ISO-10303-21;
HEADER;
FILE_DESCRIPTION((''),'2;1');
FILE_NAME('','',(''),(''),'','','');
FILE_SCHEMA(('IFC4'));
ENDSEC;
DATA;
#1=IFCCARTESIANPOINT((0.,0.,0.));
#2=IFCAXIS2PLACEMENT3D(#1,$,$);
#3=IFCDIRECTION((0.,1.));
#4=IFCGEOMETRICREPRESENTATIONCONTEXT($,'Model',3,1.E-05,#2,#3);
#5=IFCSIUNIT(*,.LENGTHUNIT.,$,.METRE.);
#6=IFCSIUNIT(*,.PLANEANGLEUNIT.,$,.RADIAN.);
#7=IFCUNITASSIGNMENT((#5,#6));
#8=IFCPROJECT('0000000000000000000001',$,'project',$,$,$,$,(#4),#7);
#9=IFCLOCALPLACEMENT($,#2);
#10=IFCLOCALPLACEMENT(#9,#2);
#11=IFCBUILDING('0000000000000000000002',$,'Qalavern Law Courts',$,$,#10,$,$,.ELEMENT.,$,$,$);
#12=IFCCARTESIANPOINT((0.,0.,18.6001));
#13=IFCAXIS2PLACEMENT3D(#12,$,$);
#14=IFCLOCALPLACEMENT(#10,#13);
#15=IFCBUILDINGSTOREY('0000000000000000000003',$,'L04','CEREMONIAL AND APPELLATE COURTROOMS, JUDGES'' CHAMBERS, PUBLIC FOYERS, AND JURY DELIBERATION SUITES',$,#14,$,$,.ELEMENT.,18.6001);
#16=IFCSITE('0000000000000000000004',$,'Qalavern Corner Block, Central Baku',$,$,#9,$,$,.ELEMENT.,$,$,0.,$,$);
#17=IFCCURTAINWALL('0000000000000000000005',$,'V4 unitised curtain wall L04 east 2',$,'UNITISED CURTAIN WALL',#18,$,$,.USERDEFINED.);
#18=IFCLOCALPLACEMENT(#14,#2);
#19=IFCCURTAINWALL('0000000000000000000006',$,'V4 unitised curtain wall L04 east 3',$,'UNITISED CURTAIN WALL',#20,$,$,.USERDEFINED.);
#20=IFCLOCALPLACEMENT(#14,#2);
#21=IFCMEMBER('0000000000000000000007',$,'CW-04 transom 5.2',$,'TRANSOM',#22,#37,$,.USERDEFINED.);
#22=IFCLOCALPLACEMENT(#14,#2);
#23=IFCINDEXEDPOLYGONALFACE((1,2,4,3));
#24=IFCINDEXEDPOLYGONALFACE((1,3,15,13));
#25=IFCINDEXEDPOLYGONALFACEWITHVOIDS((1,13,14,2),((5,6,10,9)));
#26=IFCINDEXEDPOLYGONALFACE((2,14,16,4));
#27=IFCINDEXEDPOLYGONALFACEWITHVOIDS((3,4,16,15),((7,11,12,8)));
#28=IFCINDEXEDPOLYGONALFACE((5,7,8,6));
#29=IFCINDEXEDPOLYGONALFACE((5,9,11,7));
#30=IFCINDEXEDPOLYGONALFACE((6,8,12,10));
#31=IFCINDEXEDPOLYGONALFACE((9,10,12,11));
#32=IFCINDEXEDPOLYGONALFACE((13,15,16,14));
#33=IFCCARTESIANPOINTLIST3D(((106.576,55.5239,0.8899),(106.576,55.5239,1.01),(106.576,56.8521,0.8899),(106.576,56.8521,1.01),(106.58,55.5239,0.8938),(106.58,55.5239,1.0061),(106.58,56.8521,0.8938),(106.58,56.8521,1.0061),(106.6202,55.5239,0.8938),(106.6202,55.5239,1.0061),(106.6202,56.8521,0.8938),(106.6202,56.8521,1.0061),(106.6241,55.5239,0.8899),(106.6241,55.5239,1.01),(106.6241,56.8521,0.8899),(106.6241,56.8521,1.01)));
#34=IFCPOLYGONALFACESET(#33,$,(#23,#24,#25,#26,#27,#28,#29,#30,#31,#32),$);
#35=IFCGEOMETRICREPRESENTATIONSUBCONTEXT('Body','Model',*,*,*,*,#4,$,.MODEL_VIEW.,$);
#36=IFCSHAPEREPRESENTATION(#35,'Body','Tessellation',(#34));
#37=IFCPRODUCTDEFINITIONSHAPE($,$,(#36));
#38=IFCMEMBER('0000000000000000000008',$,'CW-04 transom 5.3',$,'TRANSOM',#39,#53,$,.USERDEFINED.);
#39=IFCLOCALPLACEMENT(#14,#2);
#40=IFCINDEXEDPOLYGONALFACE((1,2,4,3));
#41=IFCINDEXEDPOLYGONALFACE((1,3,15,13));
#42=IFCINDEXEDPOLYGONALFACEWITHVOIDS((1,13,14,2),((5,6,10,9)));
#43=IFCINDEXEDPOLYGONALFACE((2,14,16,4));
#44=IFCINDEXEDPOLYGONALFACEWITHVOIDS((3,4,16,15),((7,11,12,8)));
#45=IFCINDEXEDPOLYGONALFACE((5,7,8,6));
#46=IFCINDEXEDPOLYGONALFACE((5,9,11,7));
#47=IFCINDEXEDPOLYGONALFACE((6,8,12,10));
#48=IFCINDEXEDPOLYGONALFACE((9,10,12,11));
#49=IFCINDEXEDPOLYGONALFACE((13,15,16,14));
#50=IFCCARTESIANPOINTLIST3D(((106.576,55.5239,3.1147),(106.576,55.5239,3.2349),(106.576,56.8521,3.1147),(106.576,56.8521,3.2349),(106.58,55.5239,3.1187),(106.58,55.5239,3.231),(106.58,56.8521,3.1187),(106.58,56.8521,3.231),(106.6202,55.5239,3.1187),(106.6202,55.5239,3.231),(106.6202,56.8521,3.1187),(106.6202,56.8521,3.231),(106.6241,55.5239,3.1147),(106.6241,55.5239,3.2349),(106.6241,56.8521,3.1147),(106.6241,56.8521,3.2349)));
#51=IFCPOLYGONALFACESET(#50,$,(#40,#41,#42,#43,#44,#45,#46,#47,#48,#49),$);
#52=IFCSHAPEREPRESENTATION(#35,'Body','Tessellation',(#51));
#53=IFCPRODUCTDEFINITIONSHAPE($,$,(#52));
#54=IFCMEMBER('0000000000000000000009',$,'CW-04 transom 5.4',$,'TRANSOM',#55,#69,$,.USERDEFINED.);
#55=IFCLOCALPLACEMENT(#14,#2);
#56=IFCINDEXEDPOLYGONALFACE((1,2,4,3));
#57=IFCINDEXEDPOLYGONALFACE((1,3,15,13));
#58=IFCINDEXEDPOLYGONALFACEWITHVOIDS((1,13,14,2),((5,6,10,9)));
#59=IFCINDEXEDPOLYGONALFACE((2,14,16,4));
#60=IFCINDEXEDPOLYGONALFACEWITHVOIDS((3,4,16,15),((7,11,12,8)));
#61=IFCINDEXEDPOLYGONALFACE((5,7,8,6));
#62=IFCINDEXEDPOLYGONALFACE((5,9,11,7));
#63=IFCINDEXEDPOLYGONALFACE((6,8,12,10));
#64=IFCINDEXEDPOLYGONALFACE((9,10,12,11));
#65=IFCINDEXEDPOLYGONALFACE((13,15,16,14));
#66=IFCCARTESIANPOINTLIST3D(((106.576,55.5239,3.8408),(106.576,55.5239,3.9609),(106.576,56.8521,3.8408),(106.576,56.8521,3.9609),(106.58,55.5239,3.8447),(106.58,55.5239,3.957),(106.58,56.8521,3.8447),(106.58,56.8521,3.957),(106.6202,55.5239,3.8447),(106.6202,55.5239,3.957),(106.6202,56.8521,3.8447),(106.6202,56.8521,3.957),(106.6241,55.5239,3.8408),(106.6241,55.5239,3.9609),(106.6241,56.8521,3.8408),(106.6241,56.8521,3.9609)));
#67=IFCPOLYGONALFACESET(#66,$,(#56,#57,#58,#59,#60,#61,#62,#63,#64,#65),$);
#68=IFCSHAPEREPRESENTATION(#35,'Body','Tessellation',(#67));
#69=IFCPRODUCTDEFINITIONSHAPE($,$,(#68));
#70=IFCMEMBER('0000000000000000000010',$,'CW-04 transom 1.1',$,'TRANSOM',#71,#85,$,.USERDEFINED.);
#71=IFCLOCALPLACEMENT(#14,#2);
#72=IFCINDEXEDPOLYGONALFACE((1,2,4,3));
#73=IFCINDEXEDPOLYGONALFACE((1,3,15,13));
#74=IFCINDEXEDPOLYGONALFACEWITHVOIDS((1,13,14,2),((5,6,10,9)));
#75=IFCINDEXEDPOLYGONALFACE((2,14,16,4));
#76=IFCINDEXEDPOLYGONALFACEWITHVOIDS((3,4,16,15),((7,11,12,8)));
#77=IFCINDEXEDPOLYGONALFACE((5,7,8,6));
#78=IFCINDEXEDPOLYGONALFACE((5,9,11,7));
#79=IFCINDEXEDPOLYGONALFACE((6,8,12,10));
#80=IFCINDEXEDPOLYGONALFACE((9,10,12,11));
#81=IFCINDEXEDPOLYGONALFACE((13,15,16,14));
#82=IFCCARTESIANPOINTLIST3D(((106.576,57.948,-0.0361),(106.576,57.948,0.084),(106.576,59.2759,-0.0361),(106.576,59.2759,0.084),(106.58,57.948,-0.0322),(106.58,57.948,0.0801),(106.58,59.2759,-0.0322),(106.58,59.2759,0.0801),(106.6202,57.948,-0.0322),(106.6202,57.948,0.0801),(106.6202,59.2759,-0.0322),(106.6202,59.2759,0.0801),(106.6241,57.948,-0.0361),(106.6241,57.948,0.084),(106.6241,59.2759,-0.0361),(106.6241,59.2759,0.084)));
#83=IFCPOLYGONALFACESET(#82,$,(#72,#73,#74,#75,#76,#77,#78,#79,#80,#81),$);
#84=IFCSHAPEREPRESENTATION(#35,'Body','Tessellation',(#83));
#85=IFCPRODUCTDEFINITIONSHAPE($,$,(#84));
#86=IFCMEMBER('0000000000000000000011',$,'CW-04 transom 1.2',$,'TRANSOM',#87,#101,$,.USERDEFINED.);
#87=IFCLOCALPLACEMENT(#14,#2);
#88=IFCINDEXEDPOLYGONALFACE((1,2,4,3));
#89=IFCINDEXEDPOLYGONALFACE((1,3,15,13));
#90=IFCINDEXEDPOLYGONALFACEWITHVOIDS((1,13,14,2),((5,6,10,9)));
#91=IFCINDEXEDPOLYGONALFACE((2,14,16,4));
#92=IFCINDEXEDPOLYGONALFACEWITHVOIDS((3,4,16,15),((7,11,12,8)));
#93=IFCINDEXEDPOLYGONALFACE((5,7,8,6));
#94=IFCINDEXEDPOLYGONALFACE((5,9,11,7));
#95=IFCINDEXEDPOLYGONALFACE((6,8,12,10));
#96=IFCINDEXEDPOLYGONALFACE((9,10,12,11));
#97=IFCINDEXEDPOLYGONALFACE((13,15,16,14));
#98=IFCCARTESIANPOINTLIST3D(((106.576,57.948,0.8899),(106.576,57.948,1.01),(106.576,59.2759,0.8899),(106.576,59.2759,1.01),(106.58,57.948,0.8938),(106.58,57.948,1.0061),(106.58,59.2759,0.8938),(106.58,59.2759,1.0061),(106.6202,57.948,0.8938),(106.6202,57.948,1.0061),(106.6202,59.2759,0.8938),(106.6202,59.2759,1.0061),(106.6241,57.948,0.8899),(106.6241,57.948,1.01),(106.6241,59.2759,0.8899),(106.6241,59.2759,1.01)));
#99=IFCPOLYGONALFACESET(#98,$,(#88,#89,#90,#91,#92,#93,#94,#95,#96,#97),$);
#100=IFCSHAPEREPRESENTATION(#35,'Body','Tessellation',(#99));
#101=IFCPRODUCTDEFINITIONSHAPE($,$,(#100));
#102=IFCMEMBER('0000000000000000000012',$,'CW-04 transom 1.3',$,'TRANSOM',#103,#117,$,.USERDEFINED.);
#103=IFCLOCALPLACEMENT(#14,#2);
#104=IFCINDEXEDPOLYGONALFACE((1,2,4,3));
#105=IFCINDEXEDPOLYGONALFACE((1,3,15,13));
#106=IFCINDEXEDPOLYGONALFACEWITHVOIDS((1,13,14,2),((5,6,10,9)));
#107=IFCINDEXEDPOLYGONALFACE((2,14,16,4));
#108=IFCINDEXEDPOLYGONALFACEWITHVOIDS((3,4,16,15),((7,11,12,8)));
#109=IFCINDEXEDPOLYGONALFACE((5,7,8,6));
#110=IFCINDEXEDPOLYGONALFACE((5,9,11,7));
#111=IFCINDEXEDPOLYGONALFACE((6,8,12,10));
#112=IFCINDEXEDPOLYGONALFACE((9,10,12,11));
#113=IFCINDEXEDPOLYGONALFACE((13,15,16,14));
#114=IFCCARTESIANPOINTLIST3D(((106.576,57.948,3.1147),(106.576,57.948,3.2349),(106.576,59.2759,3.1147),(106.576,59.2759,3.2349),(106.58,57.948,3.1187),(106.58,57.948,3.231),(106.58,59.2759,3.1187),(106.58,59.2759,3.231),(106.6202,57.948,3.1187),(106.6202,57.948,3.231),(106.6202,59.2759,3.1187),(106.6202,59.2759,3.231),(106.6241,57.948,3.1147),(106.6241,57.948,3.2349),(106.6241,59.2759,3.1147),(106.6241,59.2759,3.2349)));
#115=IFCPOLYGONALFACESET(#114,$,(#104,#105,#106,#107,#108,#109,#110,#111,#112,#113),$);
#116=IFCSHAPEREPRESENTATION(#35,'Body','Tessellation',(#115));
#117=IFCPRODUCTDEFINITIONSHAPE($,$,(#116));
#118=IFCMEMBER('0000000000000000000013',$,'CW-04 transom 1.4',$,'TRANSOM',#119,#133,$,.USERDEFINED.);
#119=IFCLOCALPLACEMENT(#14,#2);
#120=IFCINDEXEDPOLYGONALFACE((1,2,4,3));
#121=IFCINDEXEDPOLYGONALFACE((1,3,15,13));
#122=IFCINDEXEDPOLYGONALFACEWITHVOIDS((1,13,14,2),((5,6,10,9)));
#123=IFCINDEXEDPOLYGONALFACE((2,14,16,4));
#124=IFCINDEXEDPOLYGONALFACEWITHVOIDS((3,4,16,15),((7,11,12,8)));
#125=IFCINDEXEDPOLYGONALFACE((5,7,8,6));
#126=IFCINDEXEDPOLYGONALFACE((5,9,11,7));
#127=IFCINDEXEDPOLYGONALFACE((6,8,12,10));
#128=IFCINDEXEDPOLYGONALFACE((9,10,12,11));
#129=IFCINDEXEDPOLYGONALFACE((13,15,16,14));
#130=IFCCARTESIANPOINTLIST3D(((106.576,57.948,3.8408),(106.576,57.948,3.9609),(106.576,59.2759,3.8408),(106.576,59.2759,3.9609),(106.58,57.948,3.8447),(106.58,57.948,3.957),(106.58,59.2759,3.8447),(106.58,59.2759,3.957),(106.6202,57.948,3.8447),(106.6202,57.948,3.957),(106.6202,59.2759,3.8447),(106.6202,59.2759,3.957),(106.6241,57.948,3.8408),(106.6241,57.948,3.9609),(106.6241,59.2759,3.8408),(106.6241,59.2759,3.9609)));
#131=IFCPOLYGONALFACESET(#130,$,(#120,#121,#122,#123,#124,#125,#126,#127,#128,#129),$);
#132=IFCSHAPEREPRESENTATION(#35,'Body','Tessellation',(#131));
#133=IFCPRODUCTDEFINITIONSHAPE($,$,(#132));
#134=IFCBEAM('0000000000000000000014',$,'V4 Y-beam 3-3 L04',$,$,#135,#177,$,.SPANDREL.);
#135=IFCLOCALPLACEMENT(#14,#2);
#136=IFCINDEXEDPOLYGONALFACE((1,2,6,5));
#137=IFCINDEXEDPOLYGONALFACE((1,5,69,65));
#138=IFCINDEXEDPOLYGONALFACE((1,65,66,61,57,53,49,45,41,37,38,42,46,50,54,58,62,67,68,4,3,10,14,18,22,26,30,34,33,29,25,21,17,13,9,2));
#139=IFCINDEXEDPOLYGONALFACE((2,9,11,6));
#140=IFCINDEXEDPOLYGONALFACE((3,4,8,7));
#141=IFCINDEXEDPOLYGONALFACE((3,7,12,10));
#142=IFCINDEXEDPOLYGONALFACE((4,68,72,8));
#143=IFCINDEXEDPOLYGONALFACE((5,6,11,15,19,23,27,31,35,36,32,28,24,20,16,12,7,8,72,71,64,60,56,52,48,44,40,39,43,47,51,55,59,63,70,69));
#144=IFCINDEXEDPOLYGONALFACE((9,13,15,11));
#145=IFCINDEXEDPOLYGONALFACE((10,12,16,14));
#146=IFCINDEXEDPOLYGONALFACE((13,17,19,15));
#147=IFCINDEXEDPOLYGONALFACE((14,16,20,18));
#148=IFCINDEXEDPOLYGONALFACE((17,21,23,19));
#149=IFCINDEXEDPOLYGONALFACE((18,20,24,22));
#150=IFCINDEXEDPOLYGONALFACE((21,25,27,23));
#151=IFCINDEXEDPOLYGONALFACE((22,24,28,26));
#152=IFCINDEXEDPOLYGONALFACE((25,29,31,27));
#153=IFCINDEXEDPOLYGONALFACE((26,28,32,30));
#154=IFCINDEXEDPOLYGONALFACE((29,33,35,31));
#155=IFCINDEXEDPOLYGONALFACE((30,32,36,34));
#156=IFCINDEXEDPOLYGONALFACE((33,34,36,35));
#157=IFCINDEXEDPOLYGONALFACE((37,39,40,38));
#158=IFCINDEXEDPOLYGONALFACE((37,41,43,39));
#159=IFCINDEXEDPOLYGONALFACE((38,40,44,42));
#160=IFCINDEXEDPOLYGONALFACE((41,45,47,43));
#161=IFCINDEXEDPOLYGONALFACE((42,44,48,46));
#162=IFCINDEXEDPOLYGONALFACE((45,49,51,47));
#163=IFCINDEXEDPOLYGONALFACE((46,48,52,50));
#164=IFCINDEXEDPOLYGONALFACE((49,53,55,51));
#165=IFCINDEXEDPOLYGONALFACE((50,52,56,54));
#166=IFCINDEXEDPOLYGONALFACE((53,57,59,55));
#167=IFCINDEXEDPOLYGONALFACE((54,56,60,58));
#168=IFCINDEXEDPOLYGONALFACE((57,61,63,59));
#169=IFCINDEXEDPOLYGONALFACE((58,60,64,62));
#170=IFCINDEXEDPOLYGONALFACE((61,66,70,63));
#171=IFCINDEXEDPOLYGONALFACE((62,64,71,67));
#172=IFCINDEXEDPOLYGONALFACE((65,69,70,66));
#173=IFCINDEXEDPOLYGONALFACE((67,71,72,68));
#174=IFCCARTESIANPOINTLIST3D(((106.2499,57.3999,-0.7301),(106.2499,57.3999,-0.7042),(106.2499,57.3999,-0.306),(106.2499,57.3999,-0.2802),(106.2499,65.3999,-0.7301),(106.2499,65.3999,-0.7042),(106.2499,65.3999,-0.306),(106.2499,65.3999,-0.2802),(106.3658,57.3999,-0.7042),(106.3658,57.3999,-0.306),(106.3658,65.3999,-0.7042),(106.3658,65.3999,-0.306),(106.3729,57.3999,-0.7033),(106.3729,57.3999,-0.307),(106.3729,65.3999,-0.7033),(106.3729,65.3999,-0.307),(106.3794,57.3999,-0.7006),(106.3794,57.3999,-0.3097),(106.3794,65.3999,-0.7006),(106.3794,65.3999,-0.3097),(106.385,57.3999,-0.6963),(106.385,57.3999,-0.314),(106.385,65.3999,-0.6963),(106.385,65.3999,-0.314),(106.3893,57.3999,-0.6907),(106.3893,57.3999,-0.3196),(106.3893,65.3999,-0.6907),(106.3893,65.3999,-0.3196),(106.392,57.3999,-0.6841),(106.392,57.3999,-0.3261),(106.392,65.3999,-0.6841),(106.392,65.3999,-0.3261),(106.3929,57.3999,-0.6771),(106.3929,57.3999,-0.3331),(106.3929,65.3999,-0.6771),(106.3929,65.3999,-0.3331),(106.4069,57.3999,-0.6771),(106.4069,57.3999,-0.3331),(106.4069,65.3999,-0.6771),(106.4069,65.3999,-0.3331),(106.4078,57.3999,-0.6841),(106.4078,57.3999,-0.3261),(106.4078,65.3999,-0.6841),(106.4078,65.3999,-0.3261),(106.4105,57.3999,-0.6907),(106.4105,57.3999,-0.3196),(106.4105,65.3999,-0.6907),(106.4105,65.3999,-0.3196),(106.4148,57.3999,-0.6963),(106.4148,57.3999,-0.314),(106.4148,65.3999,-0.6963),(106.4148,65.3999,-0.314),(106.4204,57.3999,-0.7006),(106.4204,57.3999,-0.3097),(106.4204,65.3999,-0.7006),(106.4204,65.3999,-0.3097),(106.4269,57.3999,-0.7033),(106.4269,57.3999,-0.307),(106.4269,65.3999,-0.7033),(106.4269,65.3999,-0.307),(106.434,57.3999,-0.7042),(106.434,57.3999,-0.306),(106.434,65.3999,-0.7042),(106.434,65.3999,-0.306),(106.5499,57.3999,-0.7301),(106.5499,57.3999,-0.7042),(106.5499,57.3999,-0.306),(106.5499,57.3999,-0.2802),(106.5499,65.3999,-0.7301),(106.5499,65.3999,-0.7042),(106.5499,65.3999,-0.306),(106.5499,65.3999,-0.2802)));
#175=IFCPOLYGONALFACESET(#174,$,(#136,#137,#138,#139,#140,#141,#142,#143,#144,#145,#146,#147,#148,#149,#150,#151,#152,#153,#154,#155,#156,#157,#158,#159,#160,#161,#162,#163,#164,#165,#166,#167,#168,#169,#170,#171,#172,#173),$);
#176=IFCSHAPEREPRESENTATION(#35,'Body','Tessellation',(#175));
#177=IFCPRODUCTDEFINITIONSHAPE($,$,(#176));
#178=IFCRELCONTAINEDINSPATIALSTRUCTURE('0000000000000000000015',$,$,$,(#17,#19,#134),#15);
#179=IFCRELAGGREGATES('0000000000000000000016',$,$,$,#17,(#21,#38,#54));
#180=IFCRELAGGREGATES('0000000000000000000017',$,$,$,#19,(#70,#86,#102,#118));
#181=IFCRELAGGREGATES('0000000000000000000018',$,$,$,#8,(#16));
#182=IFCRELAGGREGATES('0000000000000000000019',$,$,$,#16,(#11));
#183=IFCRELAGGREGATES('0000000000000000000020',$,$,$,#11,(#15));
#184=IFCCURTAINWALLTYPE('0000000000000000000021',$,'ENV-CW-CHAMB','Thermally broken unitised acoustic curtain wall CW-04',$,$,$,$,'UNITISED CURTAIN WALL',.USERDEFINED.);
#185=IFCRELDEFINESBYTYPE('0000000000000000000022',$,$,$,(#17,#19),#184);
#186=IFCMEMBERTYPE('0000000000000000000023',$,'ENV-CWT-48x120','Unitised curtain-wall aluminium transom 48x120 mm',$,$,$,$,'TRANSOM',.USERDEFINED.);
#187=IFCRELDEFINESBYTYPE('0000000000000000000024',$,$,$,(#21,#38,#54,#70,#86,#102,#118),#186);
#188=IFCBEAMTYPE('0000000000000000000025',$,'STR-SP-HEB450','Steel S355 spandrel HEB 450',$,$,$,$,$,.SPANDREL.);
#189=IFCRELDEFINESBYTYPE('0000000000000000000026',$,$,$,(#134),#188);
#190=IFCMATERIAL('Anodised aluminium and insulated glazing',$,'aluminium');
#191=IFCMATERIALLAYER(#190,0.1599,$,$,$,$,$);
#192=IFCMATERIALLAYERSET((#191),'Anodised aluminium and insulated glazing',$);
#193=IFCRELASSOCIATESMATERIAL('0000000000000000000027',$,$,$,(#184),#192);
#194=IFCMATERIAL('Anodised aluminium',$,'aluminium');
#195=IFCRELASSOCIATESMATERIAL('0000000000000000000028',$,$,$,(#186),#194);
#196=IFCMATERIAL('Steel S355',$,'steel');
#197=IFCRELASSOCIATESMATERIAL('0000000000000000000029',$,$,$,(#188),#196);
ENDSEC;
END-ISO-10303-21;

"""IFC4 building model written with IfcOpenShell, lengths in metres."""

from ifc_helpers import new_model, si_unit, direction, frame, origin, origin_2d, place, context, subcontext, project, spatial, hollow_rectangle, i_section, extrude, material, layer, layer_set, material_profile, profile_set, type_object, element, aggregate, save


model = new_model("IFC4")

# Units and contexts
model_context = context("Model", 3, precision=1e-05, world=origin(), true_north=direction((0.0, 1.0)))
body_context = subcontext(model_context, "Body", "Model", "MODEL_VIEW")
ifc_project = project(units=[si_unit("LENGTHUNIT", "METRE"), si_unit("PLANEANGLEUNIT", "RADIAN")], contexts=[model_context])

# Site, building, storey
site_placement = place(None, origin())
site = spatial("IfcSite", under=ifc_project, at=site_placement, Name="Qalavern Corner Block, Central Baku", CompositionType="ELEMENT", RefElevation=0.0)
building_placement = place(site_placement, origin())
building = spatial("IfcBuilding", under=site, at=building_placement, Name="Qalavern Law Courts", CompositionType="ELEMENT")
storey_placement = place(building_placement, frame((0.0, 0.0, 18.6001)))
storey = spatial("IfcBuildingStorey", under=building, at=storey_placement, Name="L04", Description="CEREMONIAL AND APPELLATE COURTROOMS, JUDGES' CHAMBERS, PUBLIC FOYERS, AND JURY DELIBERATION SUITES", CompositionType="ELEMENT", Elevation=18.6001)

# Curtain wall
ifc_material_1 = material(Name="Anodised aluminium and insulated glazing", Category="aluminium")
ifc_layer_1 = layer(ifc_material_1, 0.1599)
ifc_layer_set_1 = layer_set([ifc_layer_1], Name="Anodised aluminium and insulated glazing")
curtain_wall_type = type_object("IfcCurtainWallType", Name="ENV-CW-CHAMB", Description="Thermally broken unitised acoustic curtain wall CW-04", ElementType="UNITISED CURTAIN WALL", PredefinedType="USERDEFINED", material=ifc_layer_set_1)
curtain_wall_1_placement = place(storey_placement, origin())
curtain_wall_1 = element("IfcCurtainWall", 1, at=curtain_wall_1_placement, inside=storey, type_object=curtain_wall_type, Name="V4 unitised curtain wall L04 east 2", ObjectType="UNITISED CURTAIN WALL", PredefinedType="USERDEFINED")
ifc_material_2 = material(Name="Anodised aluminium", Category="aluminium")

# Curtain wall
curtain_wall_2_placement = place(storey_placement, origin())
curtain_wall_2 = element("IfcCurtainWall", 2, at=curtain_wall_2_placement, inside=storey, type_object=curtain_wall_type, Name="V4 unitised curtain wall L04 east 3", ObjectType="UNITISED CURTAIN WALL", PredefinedType="USERDEFINED")

# Members
ifc_material_profile_1 = material_profile(ifc_material_2, hollow_rectangle(XDim=0.0481, YDim=0.1201, WallThickness=0.0039, at=origin_2d()), Name="ALU TRANSOM 48x120")
ifc_profile_set_1 = profile_set([ifc_material_profile_1], Name="Anodised aluminium")
member_type_1 = type_object("IfcMemberType", Name="ENV-CWT-48x120", Description="Unitised curtain-wall aluminium transom 48x120 mm", ElementType="TRANSOM", PredefinedType="USERDEFINED", material=ifc_profile_set_1)
member_1_placement = place(storey_placement, frame((106.6001, 55.5239, 0.95), z_axis=(0.0, 1.0, 0.0), x_axis=(-1.0, 0.0, 0.0)))
member_1 = element("IfcMember", 3, at=member_1_placement, type_object=member_type_1, Name="CW-04 transom 5.2", ObjectType="TRANSOM", PredefinedType="USERDEFINED", context=body_context, shape_type="SweptSolid", body=[
    extrude(hollow_rectangle(XDim=0.0481, YDim=0.1201, WallThickness=0.0039, at=origin_2d()), origin(), (0.0, 0.0, 1.0), 1.3281),
])
member_2_placement = place(storey_placement, frame((106.6001, 55.5239, 3.1748), z_axis=(0.0, 1.0, 0.0), x_axis=(-1.0, 0.0, 0.0)))
member_2 = element("IfcMember", 4, at=member_2_placement, type_object=member_type_1, Name="CW-04 transom 5.3", ObjectType="TRANSOM", PredefinedType="USERDEFINED", context=body_context, shape_type="SweptSolid", body=[
    extrude(hollow_rectangle(XDim=0.0481, YDim=0.1201, WallThickness=0.0039, at=origin_2d()), origin(), (0.0, 0.0, 1.0), 1.3281),
])
member_3_placement = place(storey_placement, frame((106.6001, 55.5239, 3.9009), z_axis=(0.0, 1.0, 0.0), x_axis=(-1.0, 0.0, 0.0)))
member_3 = element("IfcMember", 5, at=member_3_placement, type_object=member_type_1, Name="CW-04 transom 5.4", ObjectType="TRANSOM", PredefinedType="USERDEFINED", context=body_context, shape_type="SweptSolid", body=[
    extrude(hollow_rectangle(XDim=0.0481, YDim=0.1201, WallThickness=0.0039, at=origin_2d()), origin(), (0.0, 0.0, 1.0), 1.3281),
])
member_4_placement = place(storey_placement, frame((106.6001, 57.948, 0.0239), z_axis=(0.0, 1.0, 0.0), x_axis=(-1.0, 0.0, 0.0)))
member_4 = element("IfcMember", 6, at=member_4_placement, type_object=member_type_1, Name="CW-04 transom 1.1", ObjectType="TRANSOM", PredefinedType="USERDEFINED", context=body_context, shape_type="SweptSolid", body=[
    extrude(hollow_rectangle(XDim=0.0481, YDim=0.1201, WallThickness=0.0039, at=origin_2d()), origin(), (0.0, 0.0, 1.0), 1.3279),
])
member_5_placement = place(storey_placement, frame((106.6001, 57.948, 0.95), z_axis=(0.0, 1.0, 0.0), x_axis=(-1.0, 0.0, 0.0)))
member_5 = element("IfcMember", 7, at=member_5_placement, type_object=member_type_1, Name="CW-04 transom 1.2", ObjectType="TRANSOM", PredefinedType="USERDEFINED", context=body_context, shape_type="SweptSolid", body=[
    extrude(hollow_rectangle(XDim=0.0481, YDim=0.1201, WallThickness=0.0039, at=origin_2d()), origin(), (0.0, 0.0, 1.0), 1.3279),
])
member_6_placement = place(storey_placement, frame((106.6001, 57.948, 3.1748), z_axis=(0.0, 1.0, 0.0), x_axis=(-1.0, 0.0, 0.0)))
member_6 = element("IfcMember", 8, at=member_6_placement, type_object=member_type_1, Name="CW-04 transom 1.3", ObjectType="TRANSOM", PredefinedType="USERDEFINED", context=body_context, shape_type="SweptSolid", body=[
    extrude(hollow_rectangle(XDim=0.0481, YDim=0.1201, WallThickness=0.0039, at=origin_2d()), origin(), (0.0, 0.0, 1.0), 1.3279),
])
member_7_placement = place(storey_placement, frame((106.6001, 57.948, 3.9009), z_axis=(0.0, 1.0, 0.0), x_axis=(-1.0, 0.0, 0.0)))
member_7 = element("IfcMember", 9, at=member_7_placement, type_object=member_type_1, Name="CW-04 transom 1.4", ObjectType="TRANSOM", PredefinedType="USERDEFINED", context=body_context, shape_type="SweptSolid", body=[
    extrude(hollow_rectangle(XDim=0.0481, YDim=0.1201, WallThickness=0.0039, at=origin_2d()), origin(), (0.0, 0.0, 1.0), 1.3279),
])

# Beam
ifc_material_3 = material(Name="Steel S355", Category="steel")
ifc_material_profile_2 = material_profile(ifc_material_3, i_section(OverallWidth=0.3, OverallDepth=0.45, WebThickness=0.0139, FlangeThickness=0.0259, FilletRadius=0.0271, at=origin_2d()), Name="HEB 450")
ifc_profile_set_2 = profile_set([ifc_material_profile_2], Name="Steel S355")
beam_type = type_object("IfcBeamType", Name="STR-SP-HEB450", Description="Steel S355 spandrel HEB 450", PredefinedType="SPANDREL", material=ifc_profile_set_2)
beam_1_placement = place(storey_placement, frame((106.3999, 57.3999, -0.5051), z_axis=(0.0, 1.0, 0.0), x_axis=(-1.0, 0.0, 0.0)))
element("IfcBeam", 10, at=beam_1_placement, inside=storey, type_object=beam_type, Name="V4 Y-beam 3-3 L04", PredefinedType="SPANDREL", context=body_context, shape_type="SweptSolid", body=[
    extrude(i_section(OverallWidth=0.3, OverallDepth=0.45, WebThickness=0.0139, FlangeThickness=0.0259, FilletRadius=0.0271, at=origin_2d()), origin(), (0.0, 0.0, 1.0), 8.0),
])

aggregate(curtain_wall_1, [member_1, member_2, member_3])
aggregate(curtain_wall_2, [member_4, member_5, member_6, member_7])

save(model, "model.ifc")
